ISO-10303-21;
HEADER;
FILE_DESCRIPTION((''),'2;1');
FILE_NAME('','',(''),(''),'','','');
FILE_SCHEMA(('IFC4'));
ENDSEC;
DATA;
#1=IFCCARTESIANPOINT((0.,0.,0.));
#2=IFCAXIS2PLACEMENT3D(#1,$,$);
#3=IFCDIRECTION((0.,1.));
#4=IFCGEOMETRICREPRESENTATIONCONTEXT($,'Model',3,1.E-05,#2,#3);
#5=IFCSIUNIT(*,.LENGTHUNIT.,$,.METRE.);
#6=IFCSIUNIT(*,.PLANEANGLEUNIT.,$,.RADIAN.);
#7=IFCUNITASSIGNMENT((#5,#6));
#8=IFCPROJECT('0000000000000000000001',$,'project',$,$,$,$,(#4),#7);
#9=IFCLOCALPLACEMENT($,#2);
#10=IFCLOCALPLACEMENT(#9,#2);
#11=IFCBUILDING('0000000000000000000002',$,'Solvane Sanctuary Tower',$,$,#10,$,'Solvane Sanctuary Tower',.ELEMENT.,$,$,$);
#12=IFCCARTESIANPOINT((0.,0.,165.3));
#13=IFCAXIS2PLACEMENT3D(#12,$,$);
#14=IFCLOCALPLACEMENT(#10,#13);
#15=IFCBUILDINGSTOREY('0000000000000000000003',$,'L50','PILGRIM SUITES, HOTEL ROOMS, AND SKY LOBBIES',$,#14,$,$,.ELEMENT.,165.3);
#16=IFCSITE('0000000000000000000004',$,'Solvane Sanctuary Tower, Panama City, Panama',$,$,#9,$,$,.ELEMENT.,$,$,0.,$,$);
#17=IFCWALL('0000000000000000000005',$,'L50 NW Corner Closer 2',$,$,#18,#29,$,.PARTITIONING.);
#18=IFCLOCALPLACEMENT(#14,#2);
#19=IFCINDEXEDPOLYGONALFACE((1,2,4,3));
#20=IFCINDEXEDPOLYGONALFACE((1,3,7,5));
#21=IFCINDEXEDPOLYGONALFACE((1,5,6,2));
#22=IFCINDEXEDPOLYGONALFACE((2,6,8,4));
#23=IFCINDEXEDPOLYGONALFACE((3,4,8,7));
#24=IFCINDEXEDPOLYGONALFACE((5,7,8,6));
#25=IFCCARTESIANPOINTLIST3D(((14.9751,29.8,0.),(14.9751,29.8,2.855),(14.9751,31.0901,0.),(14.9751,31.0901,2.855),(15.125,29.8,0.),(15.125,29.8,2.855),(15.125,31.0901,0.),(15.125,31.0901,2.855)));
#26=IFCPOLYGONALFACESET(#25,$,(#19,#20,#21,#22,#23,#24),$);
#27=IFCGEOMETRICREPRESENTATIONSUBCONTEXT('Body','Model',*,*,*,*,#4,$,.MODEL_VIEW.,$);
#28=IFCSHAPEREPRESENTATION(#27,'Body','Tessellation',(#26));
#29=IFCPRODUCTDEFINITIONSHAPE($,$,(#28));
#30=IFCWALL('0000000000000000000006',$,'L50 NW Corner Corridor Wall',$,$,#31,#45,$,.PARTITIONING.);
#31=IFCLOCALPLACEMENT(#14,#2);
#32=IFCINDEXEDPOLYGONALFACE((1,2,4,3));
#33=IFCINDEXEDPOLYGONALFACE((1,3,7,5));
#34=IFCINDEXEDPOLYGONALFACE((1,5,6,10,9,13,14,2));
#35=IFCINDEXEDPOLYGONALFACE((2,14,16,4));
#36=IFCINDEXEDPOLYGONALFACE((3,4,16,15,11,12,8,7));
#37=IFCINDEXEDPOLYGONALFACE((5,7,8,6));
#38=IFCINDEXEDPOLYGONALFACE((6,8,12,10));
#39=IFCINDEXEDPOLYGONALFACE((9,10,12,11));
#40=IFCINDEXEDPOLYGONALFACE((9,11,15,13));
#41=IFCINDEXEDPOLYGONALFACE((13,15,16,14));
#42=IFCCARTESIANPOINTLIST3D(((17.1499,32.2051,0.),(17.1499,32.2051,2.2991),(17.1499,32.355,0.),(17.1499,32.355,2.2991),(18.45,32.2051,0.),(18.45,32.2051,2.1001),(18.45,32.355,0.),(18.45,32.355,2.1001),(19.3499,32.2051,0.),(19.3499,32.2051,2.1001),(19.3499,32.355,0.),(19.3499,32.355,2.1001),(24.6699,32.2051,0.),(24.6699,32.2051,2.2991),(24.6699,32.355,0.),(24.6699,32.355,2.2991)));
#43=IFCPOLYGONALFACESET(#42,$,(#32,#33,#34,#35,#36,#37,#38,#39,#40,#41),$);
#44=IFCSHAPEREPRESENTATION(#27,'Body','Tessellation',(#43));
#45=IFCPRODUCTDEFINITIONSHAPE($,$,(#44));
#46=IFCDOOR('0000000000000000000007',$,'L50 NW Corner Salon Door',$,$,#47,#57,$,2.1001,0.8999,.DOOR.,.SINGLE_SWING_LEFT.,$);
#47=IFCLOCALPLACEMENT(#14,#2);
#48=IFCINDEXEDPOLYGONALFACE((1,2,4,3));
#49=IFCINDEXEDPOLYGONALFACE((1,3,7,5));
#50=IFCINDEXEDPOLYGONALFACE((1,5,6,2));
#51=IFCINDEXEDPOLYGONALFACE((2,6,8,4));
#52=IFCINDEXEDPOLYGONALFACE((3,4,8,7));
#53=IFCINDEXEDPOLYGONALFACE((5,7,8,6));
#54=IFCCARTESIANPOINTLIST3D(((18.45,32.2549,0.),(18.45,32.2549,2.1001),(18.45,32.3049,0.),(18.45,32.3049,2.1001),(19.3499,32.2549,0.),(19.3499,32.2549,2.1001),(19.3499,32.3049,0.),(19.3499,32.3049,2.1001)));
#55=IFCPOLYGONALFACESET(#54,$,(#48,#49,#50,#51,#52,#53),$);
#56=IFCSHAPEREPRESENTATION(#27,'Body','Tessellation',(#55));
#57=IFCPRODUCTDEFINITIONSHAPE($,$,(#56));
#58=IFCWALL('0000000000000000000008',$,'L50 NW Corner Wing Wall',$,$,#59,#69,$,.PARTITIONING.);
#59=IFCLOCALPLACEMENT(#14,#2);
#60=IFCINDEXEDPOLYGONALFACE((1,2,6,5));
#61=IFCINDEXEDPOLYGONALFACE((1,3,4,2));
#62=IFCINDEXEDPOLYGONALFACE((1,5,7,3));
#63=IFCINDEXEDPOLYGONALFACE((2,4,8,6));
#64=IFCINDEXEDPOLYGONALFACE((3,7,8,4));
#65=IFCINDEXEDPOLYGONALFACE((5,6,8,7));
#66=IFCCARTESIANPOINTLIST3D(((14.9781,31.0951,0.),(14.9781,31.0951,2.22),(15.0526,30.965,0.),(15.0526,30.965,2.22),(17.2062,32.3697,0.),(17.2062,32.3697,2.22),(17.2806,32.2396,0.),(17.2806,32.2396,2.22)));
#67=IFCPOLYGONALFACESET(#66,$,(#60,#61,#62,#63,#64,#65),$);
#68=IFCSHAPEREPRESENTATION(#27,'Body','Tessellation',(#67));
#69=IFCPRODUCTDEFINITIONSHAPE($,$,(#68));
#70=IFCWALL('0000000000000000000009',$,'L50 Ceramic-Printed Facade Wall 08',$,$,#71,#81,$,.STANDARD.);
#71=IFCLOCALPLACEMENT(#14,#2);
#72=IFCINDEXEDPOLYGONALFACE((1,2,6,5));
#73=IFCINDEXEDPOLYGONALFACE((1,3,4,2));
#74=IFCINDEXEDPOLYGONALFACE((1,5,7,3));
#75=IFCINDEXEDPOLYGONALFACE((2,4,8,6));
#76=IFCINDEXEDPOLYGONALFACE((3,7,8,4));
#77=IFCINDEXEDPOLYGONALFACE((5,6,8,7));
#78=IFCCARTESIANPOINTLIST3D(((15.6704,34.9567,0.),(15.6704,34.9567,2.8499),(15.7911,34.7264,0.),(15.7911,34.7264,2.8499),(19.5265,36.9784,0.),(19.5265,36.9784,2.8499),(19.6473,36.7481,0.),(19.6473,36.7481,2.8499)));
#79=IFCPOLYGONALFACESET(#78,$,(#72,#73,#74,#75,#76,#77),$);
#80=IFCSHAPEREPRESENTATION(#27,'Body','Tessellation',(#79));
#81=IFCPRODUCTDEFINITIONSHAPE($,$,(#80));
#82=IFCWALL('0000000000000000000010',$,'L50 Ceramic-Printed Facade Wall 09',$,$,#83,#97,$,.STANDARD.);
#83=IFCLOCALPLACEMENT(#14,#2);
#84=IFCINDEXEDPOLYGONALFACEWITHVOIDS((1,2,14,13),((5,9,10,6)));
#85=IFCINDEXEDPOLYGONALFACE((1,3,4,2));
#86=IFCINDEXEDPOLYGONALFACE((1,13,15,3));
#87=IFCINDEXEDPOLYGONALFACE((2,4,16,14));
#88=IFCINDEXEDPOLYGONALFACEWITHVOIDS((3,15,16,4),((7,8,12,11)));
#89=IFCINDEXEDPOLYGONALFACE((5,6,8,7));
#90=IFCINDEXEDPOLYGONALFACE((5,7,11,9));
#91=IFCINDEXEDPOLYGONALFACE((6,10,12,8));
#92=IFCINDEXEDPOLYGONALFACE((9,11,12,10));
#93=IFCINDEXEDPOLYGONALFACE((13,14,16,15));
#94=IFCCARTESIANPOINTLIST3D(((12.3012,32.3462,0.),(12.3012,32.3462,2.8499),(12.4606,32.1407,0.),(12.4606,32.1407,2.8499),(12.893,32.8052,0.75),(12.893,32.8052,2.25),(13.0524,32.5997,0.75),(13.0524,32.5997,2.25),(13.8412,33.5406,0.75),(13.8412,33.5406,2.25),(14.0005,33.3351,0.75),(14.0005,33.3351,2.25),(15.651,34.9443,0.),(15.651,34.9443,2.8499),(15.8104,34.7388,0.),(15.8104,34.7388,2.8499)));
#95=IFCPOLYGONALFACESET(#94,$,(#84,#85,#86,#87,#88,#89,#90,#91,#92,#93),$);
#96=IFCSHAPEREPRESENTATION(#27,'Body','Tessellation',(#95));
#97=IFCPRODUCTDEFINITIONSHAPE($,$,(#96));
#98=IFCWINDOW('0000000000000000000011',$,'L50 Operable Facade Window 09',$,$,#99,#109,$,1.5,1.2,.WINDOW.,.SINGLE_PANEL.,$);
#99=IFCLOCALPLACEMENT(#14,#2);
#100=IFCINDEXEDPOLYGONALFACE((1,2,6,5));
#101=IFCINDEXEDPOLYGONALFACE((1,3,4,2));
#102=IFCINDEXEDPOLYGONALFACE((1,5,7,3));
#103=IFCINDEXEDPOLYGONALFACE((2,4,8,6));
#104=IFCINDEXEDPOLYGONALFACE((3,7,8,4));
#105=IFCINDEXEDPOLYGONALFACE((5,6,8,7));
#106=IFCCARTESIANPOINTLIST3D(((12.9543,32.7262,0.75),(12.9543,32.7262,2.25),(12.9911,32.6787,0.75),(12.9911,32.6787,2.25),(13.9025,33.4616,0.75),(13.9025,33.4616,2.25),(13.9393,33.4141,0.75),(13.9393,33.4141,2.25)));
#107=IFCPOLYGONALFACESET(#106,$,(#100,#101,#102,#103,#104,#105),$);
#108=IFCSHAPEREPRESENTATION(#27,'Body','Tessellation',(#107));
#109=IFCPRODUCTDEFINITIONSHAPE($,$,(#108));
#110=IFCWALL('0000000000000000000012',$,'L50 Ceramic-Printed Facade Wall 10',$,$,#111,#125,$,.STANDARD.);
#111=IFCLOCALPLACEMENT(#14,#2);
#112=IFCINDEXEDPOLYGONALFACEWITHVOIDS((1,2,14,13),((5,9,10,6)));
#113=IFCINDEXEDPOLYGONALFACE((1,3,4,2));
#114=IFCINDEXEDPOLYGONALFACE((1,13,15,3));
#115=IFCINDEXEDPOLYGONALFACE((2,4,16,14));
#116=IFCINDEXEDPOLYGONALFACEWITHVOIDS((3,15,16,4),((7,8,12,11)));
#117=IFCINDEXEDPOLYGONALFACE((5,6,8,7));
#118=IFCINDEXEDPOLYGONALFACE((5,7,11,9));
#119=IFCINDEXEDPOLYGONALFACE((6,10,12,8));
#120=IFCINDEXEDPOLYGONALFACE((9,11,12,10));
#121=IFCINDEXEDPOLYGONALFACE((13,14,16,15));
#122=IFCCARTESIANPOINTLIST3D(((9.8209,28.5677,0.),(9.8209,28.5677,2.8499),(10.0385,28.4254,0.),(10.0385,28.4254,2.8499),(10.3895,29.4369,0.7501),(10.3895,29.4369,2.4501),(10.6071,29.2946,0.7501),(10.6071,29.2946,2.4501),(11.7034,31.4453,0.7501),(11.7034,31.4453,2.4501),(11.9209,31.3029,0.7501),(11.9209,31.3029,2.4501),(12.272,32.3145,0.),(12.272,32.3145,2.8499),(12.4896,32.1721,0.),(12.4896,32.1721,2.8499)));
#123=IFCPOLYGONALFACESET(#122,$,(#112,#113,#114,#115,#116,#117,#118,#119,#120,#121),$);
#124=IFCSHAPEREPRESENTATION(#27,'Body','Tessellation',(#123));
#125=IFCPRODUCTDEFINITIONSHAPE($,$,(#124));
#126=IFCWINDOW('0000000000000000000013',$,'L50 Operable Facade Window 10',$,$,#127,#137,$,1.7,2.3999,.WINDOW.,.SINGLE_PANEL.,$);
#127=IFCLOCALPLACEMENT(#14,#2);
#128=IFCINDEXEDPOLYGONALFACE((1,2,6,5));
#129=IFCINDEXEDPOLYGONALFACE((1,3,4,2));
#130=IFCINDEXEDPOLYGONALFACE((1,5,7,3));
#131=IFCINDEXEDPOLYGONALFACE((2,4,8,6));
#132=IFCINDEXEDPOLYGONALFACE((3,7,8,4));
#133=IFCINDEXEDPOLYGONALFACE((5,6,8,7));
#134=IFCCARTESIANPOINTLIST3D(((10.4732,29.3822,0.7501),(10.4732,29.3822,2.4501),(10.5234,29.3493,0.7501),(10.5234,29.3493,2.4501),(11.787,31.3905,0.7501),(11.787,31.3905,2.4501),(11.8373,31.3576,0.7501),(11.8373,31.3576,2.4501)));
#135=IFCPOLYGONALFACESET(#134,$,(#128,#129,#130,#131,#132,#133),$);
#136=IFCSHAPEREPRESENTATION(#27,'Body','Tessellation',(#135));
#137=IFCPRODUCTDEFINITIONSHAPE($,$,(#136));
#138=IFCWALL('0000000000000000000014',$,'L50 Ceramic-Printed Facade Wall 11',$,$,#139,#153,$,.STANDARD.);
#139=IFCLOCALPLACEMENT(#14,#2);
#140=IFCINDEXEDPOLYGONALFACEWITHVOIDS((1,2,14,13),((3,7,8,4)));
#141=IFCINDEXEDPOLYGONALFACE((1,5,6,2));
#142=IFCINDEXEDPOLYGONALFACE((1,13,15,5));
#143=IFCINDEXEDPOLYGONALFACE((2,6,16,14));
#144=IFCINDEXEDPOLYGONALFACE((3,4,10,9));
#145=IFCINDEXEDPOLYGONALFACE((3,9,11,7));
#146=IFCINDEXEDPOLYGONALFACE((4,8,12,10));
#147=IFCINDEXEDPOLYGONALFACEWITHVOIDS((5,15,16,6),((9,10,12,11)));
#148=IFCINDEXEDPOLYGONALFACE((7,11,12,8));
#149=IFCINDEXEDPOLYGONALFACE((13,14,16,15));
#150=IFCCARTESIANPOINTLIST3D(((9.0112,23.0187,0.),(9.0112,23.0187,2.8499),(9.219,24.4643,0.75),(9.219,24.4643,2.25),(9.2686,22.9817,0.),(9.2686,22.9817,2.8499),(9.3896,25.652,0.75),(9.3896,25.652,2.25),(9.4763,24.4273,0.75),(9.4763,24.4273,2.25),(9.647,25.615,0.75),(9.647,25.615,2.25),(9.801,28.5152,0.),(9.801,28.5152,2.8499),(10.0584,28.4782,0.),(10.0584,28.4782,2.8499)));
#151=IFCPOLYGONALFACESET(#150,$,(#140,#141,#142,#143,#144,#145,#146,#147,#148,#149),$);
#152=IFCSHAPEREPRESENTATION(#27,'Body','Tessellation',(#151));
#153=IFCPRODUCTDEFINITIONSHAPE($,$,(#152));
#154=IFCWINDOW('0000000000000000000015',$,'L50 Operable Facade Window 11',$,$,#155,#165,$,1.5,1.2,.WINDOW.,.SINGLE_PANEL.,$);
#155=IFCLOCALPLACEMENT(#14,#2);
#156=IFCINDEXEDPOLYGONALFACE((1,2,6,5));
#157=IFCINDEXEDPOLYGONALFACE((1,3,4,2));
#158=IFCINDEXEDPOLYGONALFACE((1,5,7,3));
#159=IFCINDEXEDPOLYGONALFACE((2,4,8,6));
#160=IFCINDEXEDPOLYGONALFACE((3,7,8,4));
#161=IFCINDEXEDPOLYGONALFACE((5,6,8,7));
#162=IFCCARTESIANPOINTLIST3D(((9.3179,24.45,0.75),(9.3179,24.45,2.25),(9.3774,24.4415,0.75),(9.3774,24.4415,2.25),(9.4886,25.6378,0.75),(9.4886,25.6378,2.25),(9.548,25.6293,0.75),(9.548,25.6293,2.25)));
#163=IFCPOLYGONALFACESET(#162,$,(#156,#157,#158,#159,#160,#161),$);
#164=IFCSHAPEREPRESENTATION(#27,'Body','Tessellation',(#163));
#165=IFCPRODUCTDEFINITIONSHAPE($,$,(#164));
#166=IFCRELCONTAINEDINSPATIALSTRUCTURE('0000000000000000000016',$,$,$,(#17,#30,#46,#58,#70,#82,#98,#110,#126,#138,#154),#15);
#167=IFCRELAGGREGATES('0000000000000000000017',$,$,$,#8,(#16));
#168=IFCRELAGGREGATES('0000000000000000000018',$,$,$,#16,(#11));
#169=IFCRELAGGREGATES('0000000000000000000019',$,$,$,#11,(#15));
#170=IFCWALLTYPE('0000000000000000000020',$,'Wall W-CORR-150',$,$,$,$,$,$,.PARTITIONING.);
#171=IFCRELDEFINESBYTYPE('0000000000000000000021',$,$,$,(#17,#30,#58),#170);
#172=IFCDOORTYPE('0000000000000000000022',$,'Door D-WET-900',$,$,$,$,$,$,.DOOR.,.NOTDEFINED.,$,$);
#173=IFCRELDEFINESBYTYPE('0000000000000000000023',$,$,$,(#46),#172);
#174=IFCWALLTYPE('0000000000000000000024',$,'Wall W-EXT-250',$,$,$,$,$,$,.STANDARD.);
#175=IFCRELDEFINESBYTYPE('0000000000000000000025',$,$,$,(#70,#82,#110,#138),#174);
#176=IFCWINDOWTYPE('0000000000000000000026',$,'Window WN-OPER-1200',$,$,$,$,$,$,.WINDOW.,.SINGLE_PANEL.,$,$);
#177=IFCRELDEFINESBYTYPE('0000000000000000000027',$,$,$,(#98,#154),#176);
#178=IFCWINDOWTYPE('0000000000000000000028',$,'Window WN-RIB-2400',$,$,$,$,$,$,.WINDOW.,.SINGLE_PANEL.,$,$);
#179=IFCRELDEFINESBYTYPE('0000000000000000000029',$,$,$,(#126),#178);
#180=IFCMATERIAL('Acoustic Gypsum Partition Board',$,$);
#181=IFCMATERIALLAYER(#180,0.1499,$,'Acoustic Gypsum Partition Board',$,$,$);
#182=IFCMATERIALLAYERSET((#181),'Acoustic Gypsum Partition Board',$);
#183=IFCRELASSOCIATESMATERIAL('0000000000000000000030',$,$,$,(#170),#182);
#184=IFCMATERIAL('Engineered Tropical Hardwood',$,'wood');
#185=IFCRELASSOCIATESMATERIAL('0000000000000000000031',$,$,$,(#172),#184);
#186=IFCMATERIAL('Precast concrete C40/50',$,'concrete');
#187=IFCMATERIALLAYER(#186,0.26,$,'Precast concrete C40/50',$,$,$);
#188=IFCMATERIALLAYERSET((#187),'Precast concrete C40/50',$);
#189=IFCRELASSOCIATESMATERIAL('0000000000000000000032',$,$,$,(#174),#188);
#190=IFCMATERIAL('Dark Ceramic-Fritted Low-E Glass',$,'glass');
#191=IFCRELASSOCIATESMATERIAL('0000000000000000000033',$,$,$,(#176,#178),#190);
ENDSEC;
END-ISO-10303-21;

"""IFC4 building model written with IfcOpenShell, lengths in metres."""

from ifc_helpers import new_model, si_unit, direction, frame, frame_2d, origin, place, context, subcontext, project, spatial, rectangle, extrude, material, layer, layer_set, type_object, element, fill, save


model = new_model("IFC4")

# Units and contexts
model_context = context("Model", 3, precision=1e-05, world=origin(), true_north=direction((0.0, 1.0)))
body_context = subcontext(model_context, "Body", "Model", "MODEL_VIEW")
ifc_project = project(units=[si_unit("LENGTHUNIT", "METRE"), si_unit("PLANEANGLEUNIT", "RADIAN")], contexts=[model_context])

# Site, building, storey
site_placement = place(None, origin())
site = spatial("IfcSite", under=ifc_project, at=site_placement, Name="Solvane Sanctuary Tower, Panama City, Panama", CompositionType="ELEMENT", RefElevation=0.0)
building_placement = place(site_placement, origin())
building = spatial("IfcBuilding", under=site, at=building_placement, Name="Solvane Sanctuary Tower", LongName="Solvane Sanctuary Tower", CompositionType="ELEMENT")
storey_placement = place(building_placement, frame((0.0, 0.0, 165.3)))
storey = spatial("IfcBuildingStorey", under=building, at=storey_placement, Name="L50", Description="PILGRIM SUITES, HOTEL ROOMS, AND SKY LOBBIES", CompositionType="ELEMENT", Elevation=165.3)

# Wall
ifc_material_1 = material(Name="Acoustic Gypsum Partition Board")
ifc_layer_1 = layer(ifc_material_1, 0.1499, Name="Acoustic Gypsum Partition Board")
ifc_layer_set_1 = layer_set([ifc_layer_1], Name="Acoustic Gypsum Partition Board")
wall_type_1 = type_object("IfcWallType", Name="Wall W-CORR-150", PredefinedType="PARTITIONING", material=ifc_layer_set_1)
wall_1_placement = place(storey_placement, frame((15.05, 29.8, 0.0), z_axis=(0.0, 0.0, 1.0), x_axis=(0.0, 1.0, 0.0)))
element("IfcWall", 1, at=wall_1_placement, inside=storey, type_object=wall_type_1, Name="L50 NW Corner Closer 2", PredefinedType="PARTITIONING", context=body_context, shape_type="SweptSolid", body=[
    extrude(rectangle(XDim=1.29, YDim=0.1499, at=frame_2d((0.645, 0.0))), origin(), (0.0, 0.0, 1.0), 2.855),
])

# Wall, opening, door
wall_2_placement = place(storey_placement, frame((17.1499, 32.28, 0.0), z_axis=(0.0, 0.0, 1.0), x_axis=(1.0, 0.0, 0.0)))
wall_2 = element("IfcWall", 2, at=wall_2_placement, inside=storey, type_object=wall_type_1, Name="L50 NW Corner Corridor Wall", PredefinedType="PARTITIONING", context=body_context, shape_type="SweptSolid", body=[
    extrude(rectangle(XDim=7.52, YDim=0.1499, at=frame_2d((3.76, 0.0))), origin(), (0.0, 0.0, 1.0), 2.2991),
])
opening_1_placement = place(wall_2_placement, frame((1.3, 0.0, 0.0)))
opening_1 = element("IfcOpeningElement", 3, at=opening_1_placement, cuts=wall_2, PredefinedType="OPENING", context=body_context, shape_type="SweptSolid", body=[
    extrude(rectangle(XDim=0.8999, YDim=2.1001, at=frame_2d((0.45, 1.05))), frame((0.0, 0.085, 0.0), z_axis=(0.0, -1.0, 0.0), x_axis=(1.0, 0.0, 0.0)), (0.0, 0.0, 1.0), 0.1699),
])
ifc_material_2 = material(Name="Engineered Tropical Hardwood", Category="wood")
door_type_1 = type_object("IfcDoorType", Name="Door D-WET-900", OperationType="NOTDEFINED", PredefinedType="DOOR", material=ifc_material_2)
door_1_placement = place(opening_1_placement, origin())
door_1 = element("IfcDoor", 4, at=door_1_placement, inside=storey, type_object=door_type_1, Name="L50 NW Corner Salon Door", OperationType="SINGLE_SWING_LEFT", OverallHeight=2.1001, OverallWidth=0.8999, PredefinedType="DOOR", context=body_context, shape_type="SweptSolid", body=[
    extrude(rectangle(XDim=0.8999, YDim=2.1001, at=frame_2d((0.45, 1.05))), frame((0.0, 0.0249, 0.0), z_axis=(0.0, -1.0, 0.0), x_axis=(1.0, 0.0, 0.0)), (0.0, 0.0, 1.0), 0.05),
])
fill(opening_1, door_1)

# Walls
wall_3_placement = place(storey_placement, frame((17.2434, 32.3047, 0.0), z_axis=(0.0, 0.0, 1.0), x_axis=(-0.867991, -0.496579, 0.0)))
element("IfcWall", 5, at=wall_3_placement, inside=storey, type_object=wall_type_1, Name="L50 NW Corner Wing Wall", PredefinedType="PARTITIONING", context=body_context, shape_type="SweptSolid", body=[
    extrude(rectangle(XDim=2.5669, YDim=0.1499, at=frame_2d((1.2834, 0.0))), origin(), (0.0, 0.0, 1.0), 2.22),
])
ifc_material_3 = material(Name="Precast concrete C40/50", Category="concrete")
ifc_layer_2 = layer(ifc_material_3, 0.26, Name="Precast concrete C40/50")
ifc_layer_set_2 = layer_set([ifc_layer_2], Name="Precast concrete C40/50")
wall_type_2 = type_object("IfcWallType", Name="Wall W-EXT-250", PredefinedType="STANDARD", material=ifc_layer_set_2)
wall_4_placement = place(storey_placement, frame((19.5869, 36.8633, 0.0), z_axis=(0.0, 0.0, 1.0), x_axis=(-0.88566, -0.464334, 0.0)))
element("IfcWall", 6, at=wall_4_placement, inside=storey, type_object=wall_type_2, Name="L50 Ceramic-Printed Facade Wall 08", PredefinedType="STANDARD", context=body_context, shape_type="SweptSolid", body=[
    extrude(rectangle(XDim=4.354, YDim=0.26, at=frame_2d((2.177, 0.0))), origin(), (0.0, 0.0, 1.0), 2.8499),
])

# Walls, openings, windows
wall_5_placement = place(storey_placement, frame((15.7307, 34.8416, 0.0), z_axis=(0.0, 0.0, 1.0), x_axis=(-0.790186, -0.612868, 0.0)))
wall_5 = element("IfcWall", 7, at=wall_5_placement, inside=storey, type_object=wall_type_2, Name="L50 Ceramic-Printed Facade Wall 09", PredefinedType="STANDARD", context=body_context, shape_type="SweptSolid", body=[
    extrude(rectangle(XDim=4.2393, YDim=0.26, at=frame_2d((2.1196, 0.0))), origin(), (0.0, 0.0, 1.0), 2.8499),
])
opening_2_placement = place(wall_5_placement, frame((2.2903, 0.0, 0.75)))
opening_2 = element("IfcOpeningElement", 8, at=opening_2_placement, cuts=wall_5, PredefinedType="OPENING", context=body_context, shape_type="SweptSolid", body=[
    extrude(rectangle(XDim=1.2, YDim=1.5, at=frame_2d((0.6001, 0.75))), frame((0.0, 0.1399, 0.0), z_axis=(0.0, -1.0, 0.0), x_axis=(1.0, 0.0, 0.0)), (0.0, 0.0, 1.0), 0.28),
])
ifc_material_4 = material(Name="Dark Ceramic-Fritted Low-E Glass", Category="glass")
window_type_1 = type_object("IfcWindowType", Name="Window WN-OPER-1200", PartitioningType="SINGLE_PANEL", PredefinedType="WINDOW", material=ifc_material_4)
window_1_placement = place(opening_2_placement, origin())
window_1 = element("IfcWindow", 9, at=window_1_placement, inside=storey, type_object=window_type_1, Name="L50 Operable Facade Window 09", OverallHeight=1.5, OverallWidth=1.2, PartitioningType="SINGLE_PANEL", PredefinedType="WINDOW", context=body_context, shape_type="SweptSolid", body=[
    extrude(rectangle(XDim=1.2, YDim=1.5, at=frame_2d((0.6001, 0.75))), frame((0.0, 0.03, 0.0), z_axis=(0.0, -1.0, 0.0), x_axis=(1.0, 0.0, 0.0)), (0.0, 0.0, 1.0), 0.0601),
])
fill(opening_2, window_1)
wall_6_placement = place(storey_placement, frame((12.3809, 32.2434, 0.0), z_axis=(0.0, 0.0, 1.0), x_axis=(-0.547456, -0.836834, 0.0)))
wall_6 = element("IfcWall", 10, at=wall_6_placement, inside=storey, type_object=wall_type_2, Name="L50 Ceramic-Printed Facade Wall 10", PredefinedType="STANDARD", context=body_context, shape_type="SweptSolid", body=[
    extrude(rectangle(XDim=4.4773, YDim=0.26, at=frame_2d((2.2388, 0.0))), origin(), (0.0, 0.0, 1.0), 2.8499),
])
opening_3_placement = place(wall_6_placement, frame((1.0388, 0.0, 0.75)))
opening_3 = element("IfcOpeningElement", 11, at=opening_3_placement, cuts=wall_6, PredefinedType="OPENING", context=body_context, shape_type="SweptSolid", body=[
    extrude(rectangle(XDim=2.3999, YDim=1.7, at=frame_2d((1.2, 0.8501))), frame((0.0, 0.1399, 0.0), z_axis=(0.0, -1.0, 0.0), x_axis=(1.0, 0.0, 0.0)), (0.0, 0.0, 1.0), 0.28),
])
window_type_2 = type_object("IfcWindowType", Name="Window WN-RIB-2400", PartitioningType="SINGLE_PANEL", PredefinedType="WINDOW", material=ifc_material_4)
window_2_placement = place(opening_3_placement, origin())
window_2 = element("IfcWindow", 12, at=window_2_placement, inside=storey, type_object=window_type_2, Name="L50 Operable Facade Window 10", OverallHeight=1.7, OverallWidth=2.3999, PartitioningType="SINGLE_PANEL", PredefinedType="WINDOW", context=body_context, shape_type="SweptSolid", body=[
    extrude(rectangle(XDim=2.3999, YDim=1.7, at=frame_2d((1.2, 0.8501))), frame((0.0, 0.03, 0.0), z_axis=(0.0, -1.0, 0.0), x_axis=(1.0, 0.0, 0.0)), (0.0, 0.0, 1.0), 0.0601),
])
fill(opening_3, window_2)
wall_7_placement = place(storey_placement, frame((9.9297, 28.4966, 0.0), z_axis=(0.0, 0.0, 1.0), x_axis=(-0.142228, -0.989834, 0.0)))
wall_7 = element("IfcWall", 13, at=wall_7_placement, inside=storey, type_object=wall_type_2, Name="L50 Ceramic-Printed Facade Wall 11", PredefinedType="STANDARD", context=body_context, shape_type="SweptSolid", body=[
    extrude(rectangle(XDim=5.553, YDim=0.26, at=frame_2d((2.7764, 0.0))), origin(), (0.0, 0.0, 1.0), 2.8499),
])
opening_4_placement = place(wall_7_placement, frame((2.8923, 0.0, 0.75)))
opening_4 = element("IfcOpeningElement", 14, at=opening_4_placement, cuts=wall_7, PredefinedType="OPENING", context=body_context, shape_type="SweptSolid", body=[
    extrude(rectangle(XDim=1.2, YDim=1.5, at=frame_2d((0.6001, 0.75))), frame((0.0, 0.1399, 0.0), z_axis=(0.0, -1.0, 0.0), x_axis=(1.0, 0.0, 0.0)), (0.0, 0.0, 1.0), 0.28),
])
window_3_placement = place(opening_4_placement, origin())
window_3 = element("IfcWindow", 15, at=window_3_placement, inside=storey, type_object=window_type_1, Name="L50 Operable Facade Window 11", OverallHeight=1.5, OverallWidth=1.2, PartitioningType="SINGLE_PANEL", PredefinedType="WINDOW", context=body_context, shape_type="SweptSolid", body=[
    extrude(rectangle(XDim=1.2, YDim=1.5, at=frame_2d((0.6001, 0.75))), frame((0.0, 0.03, 0.0), z_axis=(0.0, -1.0, 0.0), x_axis=(1.0, 0.0, 0.0)), (0.0, 0.0, 1.0), 0.0601),
])
fill(opening_4, window_3)

save(model, "model.ifc")
